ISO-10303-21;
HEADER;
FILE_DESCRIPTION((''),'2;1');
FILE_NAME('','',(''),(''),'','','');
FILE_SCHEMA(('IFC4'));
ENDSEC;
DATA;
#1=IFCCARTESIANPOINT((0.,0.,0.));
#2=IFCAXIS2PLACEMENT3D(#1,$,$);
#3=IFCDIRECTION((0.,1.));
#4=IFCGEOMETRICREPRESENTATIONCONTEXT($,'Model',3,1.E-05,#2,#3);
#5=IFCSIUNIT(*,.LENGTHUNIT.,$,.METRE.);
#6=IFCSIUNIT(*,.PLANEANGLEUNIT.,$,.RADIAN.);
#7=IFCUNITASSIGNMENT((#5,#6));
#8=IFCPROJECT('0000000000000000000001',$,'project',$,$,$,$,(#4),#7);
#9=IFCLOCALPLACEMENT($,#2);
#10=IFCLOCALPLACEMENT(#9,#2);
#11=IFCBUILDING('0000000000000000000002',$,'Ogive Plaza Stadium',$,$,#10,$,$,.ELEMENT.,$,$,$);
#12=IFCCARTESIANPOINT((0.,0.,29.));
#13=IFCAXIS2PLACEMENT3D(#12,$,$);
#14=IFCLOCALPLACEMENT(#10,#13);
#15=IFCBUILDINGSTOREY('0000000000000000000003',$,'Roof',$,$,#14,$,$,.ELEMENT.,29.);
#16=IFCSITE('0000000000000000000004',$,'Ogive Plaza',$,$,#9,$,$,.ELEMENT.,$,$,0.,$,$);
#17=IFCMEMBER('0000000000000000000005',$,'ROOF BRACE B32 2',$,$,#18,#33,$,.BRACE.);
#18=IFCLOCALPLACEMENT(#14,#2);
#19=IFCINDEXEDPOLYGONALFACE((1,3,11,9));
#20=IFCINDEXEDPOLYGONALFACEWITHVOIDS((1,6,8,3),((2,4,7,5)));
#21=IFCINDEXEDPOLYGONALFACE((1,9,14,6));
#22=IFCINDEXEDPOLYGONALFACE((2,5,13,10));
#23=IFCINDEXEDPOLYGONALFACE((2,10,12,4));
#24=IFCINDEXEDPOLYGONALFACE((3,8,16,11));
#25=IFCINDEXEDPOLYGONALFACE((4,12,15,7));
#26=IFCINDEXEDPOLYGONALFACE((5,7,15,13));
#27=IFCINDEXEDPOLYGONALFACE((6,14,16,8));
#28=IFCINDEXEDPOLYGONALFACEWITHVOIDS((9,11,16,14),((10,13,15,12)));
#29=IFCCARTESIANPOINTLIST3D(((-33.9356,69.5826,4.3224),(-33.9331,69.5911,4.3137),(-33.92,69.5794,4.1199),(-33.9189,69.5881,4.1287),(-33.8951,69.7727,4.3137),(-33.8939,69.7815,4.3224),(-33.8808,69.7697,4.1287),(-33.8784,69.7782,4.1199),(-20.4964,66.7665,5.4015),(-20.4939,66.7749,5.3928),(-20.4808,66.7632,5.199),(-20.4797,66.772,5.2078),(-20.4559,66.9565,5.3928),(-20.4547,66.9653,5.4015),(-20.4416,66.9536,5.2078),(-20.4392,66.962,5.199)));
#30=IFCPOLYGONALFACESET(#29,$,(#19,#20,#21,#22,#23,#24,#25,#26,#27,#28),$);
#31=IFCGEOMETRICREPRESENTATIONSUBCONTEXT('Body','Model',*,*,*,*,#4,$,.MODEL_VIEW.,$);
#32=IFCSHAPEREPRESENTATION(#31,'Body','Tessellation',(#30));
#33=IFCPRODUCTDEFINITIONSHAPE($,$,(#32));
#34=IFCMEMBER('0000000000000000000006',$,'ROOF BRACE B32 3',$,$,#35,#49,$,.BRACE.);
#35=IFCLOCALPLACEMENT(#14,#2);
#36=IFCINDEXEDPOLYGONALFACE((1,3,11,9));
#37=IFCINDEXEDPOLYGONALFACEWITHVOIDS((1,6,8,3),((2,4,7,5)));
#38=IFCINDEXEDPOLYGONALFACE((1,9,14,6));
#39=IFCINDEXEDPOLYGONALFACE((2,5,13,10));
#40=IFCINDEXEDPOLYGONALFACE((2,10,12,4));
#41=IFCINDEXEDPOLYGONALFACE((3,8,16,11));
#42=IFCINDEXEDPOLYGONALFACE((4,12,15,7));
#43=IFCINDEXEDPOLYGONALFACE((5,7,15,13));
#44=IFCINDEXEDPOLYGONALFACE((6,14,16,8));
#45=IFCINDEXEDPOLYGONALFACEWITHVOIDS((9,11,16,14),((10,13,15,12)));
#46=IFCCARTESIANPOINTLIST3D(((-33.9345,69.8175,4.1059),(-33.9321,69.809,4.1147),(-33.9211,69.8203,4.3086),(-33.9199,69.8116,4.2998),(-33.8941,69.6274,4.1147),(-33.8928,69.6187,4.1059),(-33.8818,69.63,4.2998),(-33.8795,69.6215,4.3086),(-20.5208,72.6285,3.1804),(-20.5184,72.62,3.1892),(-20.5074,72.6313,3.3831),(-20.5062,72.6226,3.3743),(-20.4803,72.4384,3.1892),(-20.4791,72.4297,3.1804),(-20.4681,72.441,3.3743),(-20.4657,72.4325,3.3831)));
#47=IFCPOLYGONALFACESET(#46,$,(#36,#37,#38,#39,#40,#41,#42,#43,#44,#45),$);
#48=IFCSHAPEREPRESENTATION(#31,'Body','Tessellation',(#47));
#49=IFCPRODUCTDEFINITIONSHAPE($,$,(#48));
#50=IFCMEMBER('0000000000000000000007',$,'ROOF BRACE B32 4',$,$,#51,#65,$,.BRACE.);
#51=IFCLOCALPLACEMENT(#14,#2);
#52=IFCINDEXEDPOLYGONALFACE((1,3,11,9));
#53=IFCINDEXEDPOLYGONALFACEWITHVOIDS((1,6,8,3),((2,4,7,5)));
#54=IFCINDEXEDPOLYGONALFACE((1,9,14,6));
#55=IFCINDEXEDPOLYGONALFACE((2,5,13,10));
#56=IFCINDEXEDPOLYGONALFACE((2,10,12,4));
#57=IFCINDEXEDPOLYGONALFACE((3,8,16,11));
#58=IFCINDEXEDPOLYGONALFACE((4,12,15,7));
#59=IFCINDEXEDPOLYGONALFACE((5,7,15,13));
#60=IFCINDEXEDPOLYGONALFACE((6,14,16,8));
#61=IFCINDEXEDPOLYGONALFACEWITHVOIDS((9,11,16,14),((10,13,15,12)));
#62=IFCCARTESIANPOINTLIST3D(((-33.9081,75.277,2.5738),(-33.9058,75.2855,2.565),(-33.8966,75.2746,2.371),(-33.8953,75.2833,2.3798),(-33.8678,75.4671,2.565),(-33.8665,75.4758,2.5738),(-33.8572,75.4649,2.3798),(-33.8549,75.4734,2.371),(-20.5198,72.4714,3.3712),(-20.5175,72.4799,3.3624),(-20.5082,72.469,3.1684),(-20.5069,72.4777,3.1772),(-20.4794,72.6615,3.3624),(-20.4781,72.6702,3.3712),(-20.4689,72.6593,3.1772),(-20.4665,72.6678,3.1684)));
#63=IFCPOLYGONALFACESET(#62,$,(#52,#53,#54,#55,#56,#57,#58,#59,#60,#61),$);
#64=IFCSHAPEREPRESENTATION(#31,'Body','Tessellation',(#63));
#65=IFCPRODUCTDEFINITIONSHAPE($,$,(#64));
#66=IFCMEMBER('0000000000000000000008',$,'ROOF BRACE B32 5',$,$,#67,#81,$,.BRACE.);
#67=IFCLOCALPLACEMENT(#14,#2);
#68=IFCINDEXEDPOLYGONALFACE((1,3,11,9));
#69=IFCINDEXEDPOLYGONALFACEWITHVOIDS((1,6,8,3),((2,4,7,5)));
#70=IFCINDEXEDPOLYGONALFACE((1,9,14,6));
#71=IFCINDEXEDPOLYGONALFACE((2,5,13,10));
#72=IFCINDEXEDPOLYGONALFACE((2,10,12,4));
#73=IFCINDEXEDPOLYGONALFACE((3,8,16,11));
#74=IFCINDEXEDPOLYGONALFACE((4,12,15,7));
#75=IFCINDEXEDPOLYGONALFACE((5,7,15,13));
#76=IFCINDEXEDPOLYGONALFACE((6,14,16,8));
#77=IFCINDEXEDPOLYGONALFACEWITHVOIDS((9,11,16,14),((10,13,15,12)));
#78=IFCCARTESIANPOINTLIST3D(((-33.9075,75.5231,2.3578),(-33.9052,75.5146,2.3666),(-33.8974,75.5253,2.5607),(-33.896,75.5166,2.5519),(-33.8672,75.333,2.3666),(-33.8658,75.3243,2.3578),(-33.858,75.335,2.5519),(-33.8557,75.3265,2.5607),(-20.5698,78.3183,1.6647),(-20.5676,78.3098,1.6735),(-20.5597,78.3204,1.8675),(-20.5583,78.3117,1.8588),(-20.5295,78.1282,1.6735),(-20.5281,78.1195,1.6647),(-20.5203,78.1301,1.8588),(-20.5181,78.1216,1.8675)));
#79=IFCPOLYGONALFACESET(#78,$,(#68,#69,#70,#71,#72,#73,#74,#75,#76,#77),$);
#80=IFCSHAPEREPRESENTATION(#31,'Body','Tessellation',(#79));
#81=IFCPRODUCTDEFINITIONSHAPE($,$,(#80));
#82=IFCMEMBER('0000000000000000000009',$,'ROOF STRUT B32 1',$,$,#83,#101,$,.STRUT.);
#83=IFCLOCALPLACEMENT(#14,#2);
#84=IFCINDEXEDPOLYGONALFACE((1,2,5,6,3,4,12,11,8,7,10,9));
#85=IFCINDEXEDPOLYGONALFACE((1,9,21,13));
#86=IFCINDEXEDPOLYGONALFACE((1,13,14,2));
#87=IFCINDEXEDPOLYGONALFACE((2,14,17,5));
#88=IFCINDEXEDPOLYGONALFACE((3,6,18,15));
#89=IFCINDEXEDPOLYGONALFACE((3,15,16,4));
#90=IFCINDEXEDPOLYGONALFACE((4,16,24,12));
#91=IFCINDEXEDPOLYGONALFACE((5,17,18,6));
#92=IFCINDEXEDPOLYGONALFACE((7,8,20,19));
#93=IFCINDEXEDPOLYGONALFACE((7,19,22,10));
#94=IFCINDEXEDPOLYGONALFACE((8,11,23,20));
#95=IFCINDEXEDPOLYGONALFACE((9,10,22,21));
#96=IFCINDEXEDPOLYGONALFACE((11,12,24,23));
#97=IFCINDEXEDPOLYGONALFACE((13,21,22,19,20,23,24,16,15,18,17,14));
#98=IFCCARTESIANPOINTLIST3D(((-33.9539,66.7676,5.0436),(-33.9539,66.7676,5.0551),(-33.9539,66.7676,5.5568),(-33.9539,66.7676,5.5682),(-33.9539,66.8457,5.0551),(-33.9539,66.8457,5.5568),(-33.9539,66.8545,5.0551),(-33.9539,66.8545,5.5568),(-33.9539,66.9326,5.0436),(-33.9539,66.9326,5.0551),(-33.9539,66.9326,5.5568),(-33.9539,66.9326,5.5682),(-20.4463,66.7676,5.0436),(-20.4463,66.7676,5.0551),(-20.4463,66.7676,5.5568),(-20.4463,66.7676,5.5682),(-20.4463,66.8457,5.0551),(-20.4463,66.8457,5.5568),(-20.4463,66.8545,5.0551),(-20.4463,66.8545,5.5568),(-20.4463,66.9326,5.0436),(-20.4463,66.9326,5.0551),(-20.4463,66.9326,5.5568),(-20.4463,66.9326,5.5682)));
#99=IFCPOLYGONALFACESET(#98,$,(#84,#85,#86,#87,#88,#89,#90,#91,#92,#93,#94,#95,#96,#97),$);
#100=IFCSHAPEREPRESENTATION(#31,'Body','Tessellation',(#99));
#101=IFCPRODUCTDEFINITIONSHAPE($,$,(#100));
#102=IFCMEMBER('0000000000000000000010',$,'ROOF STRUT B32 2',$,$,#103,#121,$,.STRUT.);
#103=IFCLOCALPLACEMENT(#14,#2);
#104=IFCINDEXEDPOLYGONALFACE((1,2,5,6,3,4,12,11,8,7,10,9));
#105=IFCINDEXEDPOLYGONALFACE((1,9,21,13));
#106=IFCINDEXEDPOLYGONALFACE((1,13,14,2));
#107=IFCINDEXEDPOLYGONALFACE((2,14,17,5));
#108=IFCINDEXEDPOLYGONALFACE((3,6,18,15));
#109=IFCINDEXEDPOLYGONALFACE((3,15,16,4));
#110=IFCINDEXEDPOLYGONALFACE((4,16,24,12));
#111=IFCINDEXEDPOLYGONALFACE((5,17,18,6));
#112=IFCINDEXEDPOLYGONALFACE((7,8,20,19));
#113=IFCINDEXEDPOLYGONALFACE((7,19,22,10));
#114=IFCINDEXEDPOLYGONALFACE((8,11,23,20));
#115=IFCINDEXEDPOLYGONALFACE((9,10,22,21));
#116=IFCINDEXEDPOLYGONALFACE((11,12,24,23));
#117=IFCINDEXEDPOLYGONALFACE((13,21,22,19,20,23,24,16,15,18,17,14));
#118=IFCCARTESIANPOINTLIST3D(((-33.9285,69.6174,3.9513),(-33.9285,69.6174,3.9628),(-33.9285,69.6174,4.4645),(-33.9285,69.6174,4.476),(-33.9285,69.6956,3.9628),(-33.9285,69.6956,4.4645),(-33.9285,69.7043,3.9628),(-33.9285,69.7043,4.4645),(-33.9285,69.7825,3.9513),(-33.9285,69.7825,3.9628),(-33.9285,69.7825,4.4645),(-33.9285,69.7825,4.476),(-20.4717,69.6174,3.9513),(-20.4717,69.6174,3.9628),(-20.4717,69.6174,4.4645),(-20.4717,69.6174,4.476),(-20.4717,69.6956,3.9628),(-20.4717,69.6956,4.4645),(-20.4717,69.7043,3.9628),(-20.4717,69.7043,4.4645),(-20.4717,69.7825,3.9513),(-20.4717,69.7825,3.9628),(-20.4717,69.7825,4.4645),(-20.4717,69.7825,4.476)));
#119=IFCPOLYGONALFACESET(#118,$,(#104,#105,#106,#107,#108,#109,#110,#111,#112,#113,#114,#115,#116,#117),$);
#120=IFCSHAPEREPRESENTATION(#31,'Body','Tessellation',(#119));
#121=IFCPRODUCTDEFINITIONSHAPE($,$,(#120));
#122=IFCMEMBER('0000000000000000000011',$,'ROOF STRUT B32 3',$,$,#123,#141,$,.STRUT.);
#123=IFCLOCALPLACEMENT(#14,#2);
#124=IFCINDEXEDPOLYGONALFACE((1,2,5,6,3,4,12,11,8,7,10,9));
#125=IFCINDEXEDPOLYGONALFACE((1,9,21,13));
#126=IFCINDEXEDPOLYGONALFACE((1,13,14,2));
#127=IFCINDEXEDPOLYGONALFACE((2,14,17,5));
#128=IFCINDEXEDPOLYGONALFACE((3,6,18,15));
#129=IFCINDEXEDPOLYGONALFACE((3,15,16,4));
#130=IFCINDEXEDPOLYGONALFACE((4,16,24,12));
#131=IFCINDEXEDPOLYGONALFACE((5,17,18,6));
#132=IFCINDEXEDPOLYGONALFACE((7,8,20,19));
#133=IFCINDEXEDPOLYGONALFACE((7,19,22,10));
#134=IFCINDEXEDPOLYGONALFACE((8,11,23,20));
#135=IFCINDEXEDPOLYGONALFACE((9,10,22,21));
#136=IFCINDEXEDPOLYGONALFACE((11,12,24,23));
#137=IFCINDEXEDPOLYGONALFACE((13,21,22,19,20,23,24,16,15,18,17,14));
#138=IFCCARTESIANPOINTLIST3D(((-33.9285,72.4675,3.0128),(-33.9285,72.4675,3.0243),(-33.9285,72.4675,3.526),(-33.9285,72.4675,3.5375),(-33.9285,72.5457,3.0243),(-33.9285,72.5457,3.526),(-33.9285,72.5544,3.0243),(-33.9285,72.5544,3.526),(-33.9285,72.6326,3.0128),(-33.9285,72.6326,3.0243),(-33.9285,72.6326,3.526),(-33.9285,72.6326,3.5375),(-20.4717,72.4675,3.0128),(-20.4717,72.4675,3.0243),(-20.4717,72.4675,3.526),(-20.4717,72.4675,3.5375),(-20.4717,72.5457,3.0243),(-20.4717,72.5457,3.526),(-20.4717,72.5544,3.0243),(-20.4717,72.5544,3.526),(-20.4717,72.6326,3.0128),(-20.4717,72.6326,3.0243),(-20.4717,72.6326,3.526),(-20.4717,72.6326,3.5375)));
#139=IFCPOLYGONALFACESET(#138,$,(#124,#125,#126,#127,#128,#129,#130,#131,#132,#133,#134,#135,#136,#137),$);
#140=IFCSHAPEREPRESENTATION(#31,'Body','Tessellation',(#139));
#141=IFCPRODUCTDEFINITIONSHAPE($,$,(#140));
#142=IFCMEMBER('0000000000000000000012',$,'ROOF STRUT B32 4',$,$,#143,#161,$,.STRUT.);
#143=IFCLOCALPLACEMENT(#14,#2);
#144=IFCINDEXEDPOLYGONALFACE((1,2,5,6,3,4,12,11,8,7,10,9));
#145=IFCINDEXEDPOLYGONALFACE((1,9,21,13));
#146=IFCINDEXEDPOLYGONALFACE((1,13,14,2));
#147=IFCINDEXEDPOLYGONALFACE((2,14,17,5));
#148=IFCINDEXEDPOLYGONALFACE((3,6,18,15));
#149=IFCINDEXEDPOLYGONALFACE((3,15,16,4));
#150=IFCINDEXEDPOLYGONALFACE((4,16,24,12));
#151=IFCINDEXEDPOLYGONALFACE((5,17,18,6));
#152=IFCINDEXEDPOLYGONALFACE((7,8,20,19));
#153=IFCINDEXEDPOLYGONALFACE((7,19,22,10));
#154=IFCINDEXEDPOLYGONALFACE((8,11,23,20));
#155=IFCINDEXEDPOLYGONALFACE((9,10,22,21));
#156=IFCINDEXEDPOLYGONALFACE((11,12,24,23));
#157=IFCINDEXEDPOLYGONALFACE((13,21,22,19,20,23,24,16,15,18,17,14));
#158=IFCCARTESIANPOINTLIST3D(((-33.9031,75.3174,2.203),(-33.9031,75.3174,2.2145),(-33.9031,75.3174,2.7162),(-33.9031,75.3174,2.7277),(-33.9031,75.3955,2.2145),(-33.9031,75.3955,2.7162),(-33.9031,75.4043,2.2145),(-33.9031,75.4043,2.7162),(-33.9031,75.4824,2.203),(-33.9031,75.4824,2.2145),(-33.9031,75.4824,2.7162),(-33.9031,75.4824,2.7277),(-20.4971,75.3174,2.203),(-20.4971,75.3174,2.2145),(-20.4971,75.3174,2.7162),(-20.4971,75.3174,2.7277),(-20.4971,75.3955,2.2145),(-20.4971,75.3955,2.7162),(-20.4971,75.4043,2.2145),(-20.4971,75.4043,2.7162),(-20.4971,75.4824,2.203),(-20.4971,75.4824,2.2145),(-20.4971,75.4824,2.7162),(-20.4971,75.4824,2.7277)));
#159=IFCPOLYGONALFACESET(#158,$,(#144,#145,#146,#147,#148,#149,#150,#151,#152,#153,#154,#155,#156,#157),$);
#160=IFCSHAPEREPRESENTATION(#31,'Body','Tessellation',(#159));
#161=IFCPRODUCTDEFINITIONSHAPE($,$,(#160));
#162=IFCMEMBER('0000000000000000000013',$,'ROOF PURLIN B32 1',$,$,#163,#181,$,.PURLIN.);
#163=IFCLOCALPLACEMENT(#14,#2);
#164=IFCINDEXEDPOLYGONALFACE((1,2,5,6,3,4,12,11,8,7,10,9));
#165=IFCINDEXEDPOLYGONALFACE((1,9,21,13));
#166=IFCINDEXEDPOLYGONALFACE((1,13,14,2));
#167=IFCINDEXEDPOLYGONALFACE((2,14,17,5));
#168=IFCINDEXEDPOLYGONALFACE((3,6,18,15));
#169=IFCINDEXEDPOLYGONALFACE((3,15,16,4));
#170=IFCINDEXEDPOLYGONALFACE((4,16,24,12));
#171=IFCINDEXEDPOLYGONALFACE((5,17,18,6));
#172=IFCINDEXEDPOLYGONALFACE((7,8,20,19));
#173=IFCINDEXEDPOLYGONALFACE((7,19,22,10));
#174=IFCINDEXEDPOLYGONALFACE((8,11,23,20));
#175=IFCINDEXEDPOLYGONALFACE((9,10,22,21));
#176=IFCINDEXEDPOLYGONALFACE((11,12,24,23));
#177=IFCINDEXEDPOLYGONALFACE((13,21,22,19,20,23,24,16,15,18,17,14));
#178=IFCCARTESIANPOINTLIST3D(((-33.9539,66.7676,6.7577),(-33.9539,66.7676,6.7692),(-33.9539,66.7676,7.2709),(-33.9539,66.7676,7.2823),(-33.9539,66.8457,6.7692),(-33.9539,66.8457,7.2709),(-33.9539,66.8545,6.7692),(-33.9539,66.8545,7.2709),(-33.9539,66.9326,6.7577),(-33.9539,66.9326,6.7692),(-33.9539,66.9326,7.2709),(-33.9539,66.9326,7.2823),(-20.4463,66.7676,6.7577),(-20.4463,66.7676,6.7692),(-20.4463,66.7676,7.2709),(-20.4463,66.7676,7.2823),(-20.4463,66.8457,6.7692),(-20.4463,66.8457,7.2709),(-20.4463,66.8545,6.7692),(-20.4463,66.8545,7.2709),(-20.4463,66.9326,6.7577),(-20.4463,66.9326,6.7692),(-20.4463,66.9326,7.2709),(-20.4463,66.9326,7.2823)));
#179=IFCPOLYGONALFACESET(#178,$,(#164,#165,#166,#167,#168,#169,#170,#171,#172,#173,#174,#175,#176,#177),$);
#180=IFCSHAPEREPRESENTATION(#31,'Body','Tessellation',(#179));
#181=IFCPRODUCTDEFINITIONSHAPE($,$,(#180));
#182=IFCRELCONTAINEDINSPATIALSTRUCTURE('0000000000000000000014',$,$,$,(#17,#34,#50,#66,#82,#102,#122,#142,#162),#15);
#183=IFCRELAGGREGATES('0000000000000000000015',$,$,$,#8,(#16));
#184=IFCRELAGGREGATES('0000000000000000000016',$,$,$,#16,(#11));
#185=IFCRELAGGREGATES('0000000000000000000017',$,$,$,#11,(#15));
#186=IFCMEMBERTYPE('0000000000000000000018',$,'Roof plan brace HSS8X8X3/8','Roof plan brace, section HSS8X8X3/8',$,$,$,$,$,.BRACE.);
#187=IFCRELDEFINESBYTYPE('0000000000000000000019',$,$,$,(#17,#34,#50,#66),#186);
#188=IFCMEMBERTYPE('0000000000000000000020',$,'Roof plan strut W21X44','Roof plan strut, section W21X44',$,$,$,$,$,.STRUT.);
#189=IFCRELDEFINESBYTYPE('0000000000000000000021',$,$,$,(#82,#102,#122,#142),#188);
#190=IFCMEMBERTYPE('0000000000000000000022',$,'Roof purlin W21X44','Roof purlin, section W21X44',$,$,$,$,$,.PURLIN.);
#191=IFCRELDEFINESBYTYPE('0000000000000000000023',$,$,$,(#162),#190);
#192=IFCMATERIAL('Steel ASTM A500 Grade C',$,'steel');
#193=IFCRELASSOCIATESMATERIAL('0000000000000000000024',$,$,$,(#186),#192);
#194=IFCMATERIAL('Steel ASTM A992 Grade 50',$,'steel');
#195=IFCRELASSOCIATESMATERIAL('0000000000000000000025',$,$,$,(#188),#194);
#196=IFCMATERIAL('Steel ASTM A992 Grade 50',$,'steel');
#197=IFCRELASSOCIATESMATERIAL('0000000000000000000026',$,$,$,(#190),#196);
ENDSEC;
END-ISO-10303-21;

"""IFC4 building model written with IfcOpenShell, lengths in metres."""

from ifc_helpers import new_model, si_unit, direction, frame, origin, origin_2d, place, context, subcontext, project, spatial, hollow_rectangle, i_section, extrude, material, material_profile, profile_set, type_object, element, save


model = new_model("IFC4")

# Units and contexts
model_context = context("Model", 3, precision=1e-05, world=origin(), true_north=direction((0.0, 1.0)))
body_context = subcontext(model_context, "Body", "Model", "MODEL_VIEW")
ifc_project = project(units=[si_unit("LENGTHUNIT", "METRE"), si_unit("PLANEANGLEUNIT", "RADIAN")], contexts=[model_context])

# Site, building, storey
site_placement = place(None, origin())
site = spatial("IfcSite", under=ifc_project, at=site_placement, Name="Ogive Plaza", CompositionType="ELEMENT", RefElevation=0.0)
building_placement = place(site_placement, origin())
building = spatial("IfcBuilding", under=site, at=building_placement, Name="Ogive Plaza Stadium", CompositionType="ELEMENT")
storey_placement = place(building_placement, frame((0.0, 0.0, 29.0)))
storey = spatial("IfcBuildingStorey", under=building, at=storey_placement, Name="Roof", CompositionType="ELEMENT", Elevation=29.0)

# Members
ifc_material_1 = material(Name="Steel ASTM A500 Grade C", Category="steel")
ifc_material_profile_1 = material_profile(ifc_material_1, hollow_rectangle(XDim=0.2031, YDim=0.2031, WallThickness=0.0088, at=origin_2d()), Name="HSS8X8X3/8")
ifc_profile_set_1 = profile_set([ifc_material_profile_1], Name="Steel ASTM A500 Grade C")
member_type_1 = type_object("IfcMemberType", Name="Roof plan brace HSS8X8X3/8", Description="Roof plan brace, section HSS8X8X3/8", PredefinedType="BRACE", material=ifc_profile_set_1)
member_1_placement = place(storey_placement, frame((-20.4678, 66.8643, 5.3003), z_axis=(-0.975734, 0.204463, -0.078347), x_axis=(-0.205094, -0.978742, 0.0)))
element("IfcMember", 1, at=member_1_placement, inside=storey, type_object=member_type_1, Name="ROOF BRACE B32 2", PredefinedType="BRACE", context=body_context, shape_type="SweptSolid", body=[
    extrude(hollow_rectangle(XDim=0.2031, YDim=0.2031, WallThickness=0.0088, at=origin_2d()), origin(), (0.0, 0.0, 1.0), 13.7734),
])
member_2_placement = place(storey_placement, frame((-33.907, 69.7195, 4.2073), z_axis=(0.976515, 0.204641, -0.067378), x_axis=(-0.205107, 0.97874, 0.0)))
element("IfcMember", 2, at=member_2_placement, inside=storey, type_object=member_type_1, Name="ROOF BRACE B32 3", PredefinedType="BRACE", context=body_context, shape_type="SweptSolid", body=[
    extrude(hollow_rectangle(XDim=0.2031, YDim=0.2031, WallThickness=0.0088, at=origin_2d()), origin(), (0.0, 0.0, 1.0), 13.7363),
])
member_3_placement = place(storey_placement, frame((-20.4932, 72.5696, 3.2698), z_axis=(-0.977082, 0.204756, -0.058191), x_axis=(-0.205104, -0.97874, 0.0)))
element("IfcMember", 3, at=member_3_placement, inside=storey, type_object=member_type_1, Name="ROOF BRACE B32 4", PredefinedType="BRACE", context=body_context, shape_type="SweptSolid", body=[
    extrude(hollow_rectangle(XDim=0.2031, YDim=0.2031, WallThickness=0.0088, at=origin_2d()), origin(), (0.0, 0.0, 1.0), 13.7024),
])
member_4_placement = place(storey_placement, frame((-33.8816, 75.4248, 2.4592), z_axis=(0.977475, 0.204849, -0.050796), x_axis=(-0.205114, 0.978738, 0.0)))
element("IfcMember", 4, at=member_4_placement, inside=storey, type_object=member_type_1, Name="ROOF BRACE B32 5", PredefinedType="BRACE", context=body_context, shape_type="SweptSolid", body=[
    extrude(hollow_rectangle(XDim=0.2031, YDim=0.2031, WallThickness=0.0088, at=origin_2d()), origin(), (0.0, 0.0, 1.0), 13.645),
])
ifc_material_2 = material(Name="Steel ASTM A992 Grade 50", Category="steel")
ifc_material_profile_2 = material_profile(ifc_material_2, i_section(OverallWidth=0.165, OverallDepth=0.5247, WebThickness=0.0088, FlangeThickness=0.0115, at=origin_2d()), Name="W21X44")
ifc_profile_set_2 = profile_set([ifc_material_profile_2], Name="Steel ASTM A992 Grade 50")
member_type_2 = type_object("IfcMemberType", Name="Roof plan strut W21X44", Description="Roof plan strut, section W21X44", PredefinedType="STRUT", material=ifc_profile_set_2)
member_5_placement = place(storey_placement, frame((-33.9539, 66.8501, 5.3059), z_axis=(1.0, 0.0, 0.0), x_axis=(0.0, 1.0, 0.0)))
element("IfcMember", 5, at=member_5_placement, inside=storey, type_object=member_type_2, Name="ROOF STRUT B32 1", PredefinedType="STRUT", context=body_context, shape_type="SweptSolid", body=[
    extrude(i_section(OverallWidth=0.165, OverallDepth=0.5247, WebThickness=0.0088, FlangeThickness=0.0115, at=origin_2d()), origin(), (0.0, 0.0, 1.0), 13.5076),
])
for number, where, z_axis, x_axis, name in (
    (6, (-33.9285, 69.7, 4.2136), (1.0, 0.0, 0.0), (0.0, 1.0, 0.0), "ROOF STRUT B32 2"),
    (7, (-33.9285, 72.55, 3.2751), (1.0, 0.0, 0.0), (0.0, 1.0, 0.0), "ROOF STRUT B32 3"),
):
    element("IfcMember", number, at=place(storey_placement, frame(where, z_axis=z_axis, x_axis=x_axis)), inside=storey, type_object=member_type_2, Name=name, PredefinedType="STRUT", context=body_context, shape_type="SweptSolid", body=[
        extrude(i_section(OverallWidth=0.165, OverallDepth=0.5247, WebThickness=0.0088, FlangeThickness=0.0115, at=origin_2d()), origin(), (0.0, 0.0, 1.0), 13.4568),
    ])
member_6_placement = place(storey_placement, frame((-33.9031, 75.3999, 2.4653), z_axis=(1.0, 0.0, 0.0), x_axis=(0.0, 1.0, 0.0)))
element("IfcMember", 8, at=member_6_placement, inside=storey, type_object=member_type_2, Name="ROOF STRUT B32 4", PredefinedType="STRUT", context=body_context, shape_type="SweptSolid", body=[
    extrude(i_section(OverallWidth=0.165, OverallDepth=0.5247, WebThickness=0.0088, FlangeThickness=0.0115, at=origin_2d()), origin(), (0.0, 0.0, 1.0), 13.406),
])
ifc_material_3 = material(Name="Steel ASTM A992 Grade 50", Category="steel")
ifc_material_profile_3 = material_profile(ifc_material_3, i_section(OverallWidth=0.165, OverallDepth=0.5247, WebThickness=0.0088, FlangeThickness=0.0115, at=origin_2d()), Name="W21X44")
ifc_profile_set_3 = profile_set([ifc_material_profile_3], Name="Steel ASTM A992 Grade 50")
member_type_3 = type_object("IfcMemberType", Name="Roof purlin W21X44", Description="Roof purlin, section W21X44", PredefinedType="PURLIN", material=ifc_profile_set_3)
member_7_placement = place(storey_placement, frame((-33.9539, 66.8501, 7.02), z_axis=(1.0, 0.0, 0.0), x_axis=(0.0, 1.0, 0.0)))
element("IfcMember", 9, at=member_7_placement, inside=storey, type_object=member_type_3, Name="ROOF PURLIN B32 1", PredefinedType="PURLIN", context=body_context, shape_type="SweptSolid", body=[
    extrude(i_section(OverallWidth=0.165, OverallDepth=0.5247, WebThickness=0.0088, FlangeThickness=0.0115, at=origin_2d()), origin(), (0.0, 0.0, 1.0), 13.5076),
])

save(model, "model.ifc")
